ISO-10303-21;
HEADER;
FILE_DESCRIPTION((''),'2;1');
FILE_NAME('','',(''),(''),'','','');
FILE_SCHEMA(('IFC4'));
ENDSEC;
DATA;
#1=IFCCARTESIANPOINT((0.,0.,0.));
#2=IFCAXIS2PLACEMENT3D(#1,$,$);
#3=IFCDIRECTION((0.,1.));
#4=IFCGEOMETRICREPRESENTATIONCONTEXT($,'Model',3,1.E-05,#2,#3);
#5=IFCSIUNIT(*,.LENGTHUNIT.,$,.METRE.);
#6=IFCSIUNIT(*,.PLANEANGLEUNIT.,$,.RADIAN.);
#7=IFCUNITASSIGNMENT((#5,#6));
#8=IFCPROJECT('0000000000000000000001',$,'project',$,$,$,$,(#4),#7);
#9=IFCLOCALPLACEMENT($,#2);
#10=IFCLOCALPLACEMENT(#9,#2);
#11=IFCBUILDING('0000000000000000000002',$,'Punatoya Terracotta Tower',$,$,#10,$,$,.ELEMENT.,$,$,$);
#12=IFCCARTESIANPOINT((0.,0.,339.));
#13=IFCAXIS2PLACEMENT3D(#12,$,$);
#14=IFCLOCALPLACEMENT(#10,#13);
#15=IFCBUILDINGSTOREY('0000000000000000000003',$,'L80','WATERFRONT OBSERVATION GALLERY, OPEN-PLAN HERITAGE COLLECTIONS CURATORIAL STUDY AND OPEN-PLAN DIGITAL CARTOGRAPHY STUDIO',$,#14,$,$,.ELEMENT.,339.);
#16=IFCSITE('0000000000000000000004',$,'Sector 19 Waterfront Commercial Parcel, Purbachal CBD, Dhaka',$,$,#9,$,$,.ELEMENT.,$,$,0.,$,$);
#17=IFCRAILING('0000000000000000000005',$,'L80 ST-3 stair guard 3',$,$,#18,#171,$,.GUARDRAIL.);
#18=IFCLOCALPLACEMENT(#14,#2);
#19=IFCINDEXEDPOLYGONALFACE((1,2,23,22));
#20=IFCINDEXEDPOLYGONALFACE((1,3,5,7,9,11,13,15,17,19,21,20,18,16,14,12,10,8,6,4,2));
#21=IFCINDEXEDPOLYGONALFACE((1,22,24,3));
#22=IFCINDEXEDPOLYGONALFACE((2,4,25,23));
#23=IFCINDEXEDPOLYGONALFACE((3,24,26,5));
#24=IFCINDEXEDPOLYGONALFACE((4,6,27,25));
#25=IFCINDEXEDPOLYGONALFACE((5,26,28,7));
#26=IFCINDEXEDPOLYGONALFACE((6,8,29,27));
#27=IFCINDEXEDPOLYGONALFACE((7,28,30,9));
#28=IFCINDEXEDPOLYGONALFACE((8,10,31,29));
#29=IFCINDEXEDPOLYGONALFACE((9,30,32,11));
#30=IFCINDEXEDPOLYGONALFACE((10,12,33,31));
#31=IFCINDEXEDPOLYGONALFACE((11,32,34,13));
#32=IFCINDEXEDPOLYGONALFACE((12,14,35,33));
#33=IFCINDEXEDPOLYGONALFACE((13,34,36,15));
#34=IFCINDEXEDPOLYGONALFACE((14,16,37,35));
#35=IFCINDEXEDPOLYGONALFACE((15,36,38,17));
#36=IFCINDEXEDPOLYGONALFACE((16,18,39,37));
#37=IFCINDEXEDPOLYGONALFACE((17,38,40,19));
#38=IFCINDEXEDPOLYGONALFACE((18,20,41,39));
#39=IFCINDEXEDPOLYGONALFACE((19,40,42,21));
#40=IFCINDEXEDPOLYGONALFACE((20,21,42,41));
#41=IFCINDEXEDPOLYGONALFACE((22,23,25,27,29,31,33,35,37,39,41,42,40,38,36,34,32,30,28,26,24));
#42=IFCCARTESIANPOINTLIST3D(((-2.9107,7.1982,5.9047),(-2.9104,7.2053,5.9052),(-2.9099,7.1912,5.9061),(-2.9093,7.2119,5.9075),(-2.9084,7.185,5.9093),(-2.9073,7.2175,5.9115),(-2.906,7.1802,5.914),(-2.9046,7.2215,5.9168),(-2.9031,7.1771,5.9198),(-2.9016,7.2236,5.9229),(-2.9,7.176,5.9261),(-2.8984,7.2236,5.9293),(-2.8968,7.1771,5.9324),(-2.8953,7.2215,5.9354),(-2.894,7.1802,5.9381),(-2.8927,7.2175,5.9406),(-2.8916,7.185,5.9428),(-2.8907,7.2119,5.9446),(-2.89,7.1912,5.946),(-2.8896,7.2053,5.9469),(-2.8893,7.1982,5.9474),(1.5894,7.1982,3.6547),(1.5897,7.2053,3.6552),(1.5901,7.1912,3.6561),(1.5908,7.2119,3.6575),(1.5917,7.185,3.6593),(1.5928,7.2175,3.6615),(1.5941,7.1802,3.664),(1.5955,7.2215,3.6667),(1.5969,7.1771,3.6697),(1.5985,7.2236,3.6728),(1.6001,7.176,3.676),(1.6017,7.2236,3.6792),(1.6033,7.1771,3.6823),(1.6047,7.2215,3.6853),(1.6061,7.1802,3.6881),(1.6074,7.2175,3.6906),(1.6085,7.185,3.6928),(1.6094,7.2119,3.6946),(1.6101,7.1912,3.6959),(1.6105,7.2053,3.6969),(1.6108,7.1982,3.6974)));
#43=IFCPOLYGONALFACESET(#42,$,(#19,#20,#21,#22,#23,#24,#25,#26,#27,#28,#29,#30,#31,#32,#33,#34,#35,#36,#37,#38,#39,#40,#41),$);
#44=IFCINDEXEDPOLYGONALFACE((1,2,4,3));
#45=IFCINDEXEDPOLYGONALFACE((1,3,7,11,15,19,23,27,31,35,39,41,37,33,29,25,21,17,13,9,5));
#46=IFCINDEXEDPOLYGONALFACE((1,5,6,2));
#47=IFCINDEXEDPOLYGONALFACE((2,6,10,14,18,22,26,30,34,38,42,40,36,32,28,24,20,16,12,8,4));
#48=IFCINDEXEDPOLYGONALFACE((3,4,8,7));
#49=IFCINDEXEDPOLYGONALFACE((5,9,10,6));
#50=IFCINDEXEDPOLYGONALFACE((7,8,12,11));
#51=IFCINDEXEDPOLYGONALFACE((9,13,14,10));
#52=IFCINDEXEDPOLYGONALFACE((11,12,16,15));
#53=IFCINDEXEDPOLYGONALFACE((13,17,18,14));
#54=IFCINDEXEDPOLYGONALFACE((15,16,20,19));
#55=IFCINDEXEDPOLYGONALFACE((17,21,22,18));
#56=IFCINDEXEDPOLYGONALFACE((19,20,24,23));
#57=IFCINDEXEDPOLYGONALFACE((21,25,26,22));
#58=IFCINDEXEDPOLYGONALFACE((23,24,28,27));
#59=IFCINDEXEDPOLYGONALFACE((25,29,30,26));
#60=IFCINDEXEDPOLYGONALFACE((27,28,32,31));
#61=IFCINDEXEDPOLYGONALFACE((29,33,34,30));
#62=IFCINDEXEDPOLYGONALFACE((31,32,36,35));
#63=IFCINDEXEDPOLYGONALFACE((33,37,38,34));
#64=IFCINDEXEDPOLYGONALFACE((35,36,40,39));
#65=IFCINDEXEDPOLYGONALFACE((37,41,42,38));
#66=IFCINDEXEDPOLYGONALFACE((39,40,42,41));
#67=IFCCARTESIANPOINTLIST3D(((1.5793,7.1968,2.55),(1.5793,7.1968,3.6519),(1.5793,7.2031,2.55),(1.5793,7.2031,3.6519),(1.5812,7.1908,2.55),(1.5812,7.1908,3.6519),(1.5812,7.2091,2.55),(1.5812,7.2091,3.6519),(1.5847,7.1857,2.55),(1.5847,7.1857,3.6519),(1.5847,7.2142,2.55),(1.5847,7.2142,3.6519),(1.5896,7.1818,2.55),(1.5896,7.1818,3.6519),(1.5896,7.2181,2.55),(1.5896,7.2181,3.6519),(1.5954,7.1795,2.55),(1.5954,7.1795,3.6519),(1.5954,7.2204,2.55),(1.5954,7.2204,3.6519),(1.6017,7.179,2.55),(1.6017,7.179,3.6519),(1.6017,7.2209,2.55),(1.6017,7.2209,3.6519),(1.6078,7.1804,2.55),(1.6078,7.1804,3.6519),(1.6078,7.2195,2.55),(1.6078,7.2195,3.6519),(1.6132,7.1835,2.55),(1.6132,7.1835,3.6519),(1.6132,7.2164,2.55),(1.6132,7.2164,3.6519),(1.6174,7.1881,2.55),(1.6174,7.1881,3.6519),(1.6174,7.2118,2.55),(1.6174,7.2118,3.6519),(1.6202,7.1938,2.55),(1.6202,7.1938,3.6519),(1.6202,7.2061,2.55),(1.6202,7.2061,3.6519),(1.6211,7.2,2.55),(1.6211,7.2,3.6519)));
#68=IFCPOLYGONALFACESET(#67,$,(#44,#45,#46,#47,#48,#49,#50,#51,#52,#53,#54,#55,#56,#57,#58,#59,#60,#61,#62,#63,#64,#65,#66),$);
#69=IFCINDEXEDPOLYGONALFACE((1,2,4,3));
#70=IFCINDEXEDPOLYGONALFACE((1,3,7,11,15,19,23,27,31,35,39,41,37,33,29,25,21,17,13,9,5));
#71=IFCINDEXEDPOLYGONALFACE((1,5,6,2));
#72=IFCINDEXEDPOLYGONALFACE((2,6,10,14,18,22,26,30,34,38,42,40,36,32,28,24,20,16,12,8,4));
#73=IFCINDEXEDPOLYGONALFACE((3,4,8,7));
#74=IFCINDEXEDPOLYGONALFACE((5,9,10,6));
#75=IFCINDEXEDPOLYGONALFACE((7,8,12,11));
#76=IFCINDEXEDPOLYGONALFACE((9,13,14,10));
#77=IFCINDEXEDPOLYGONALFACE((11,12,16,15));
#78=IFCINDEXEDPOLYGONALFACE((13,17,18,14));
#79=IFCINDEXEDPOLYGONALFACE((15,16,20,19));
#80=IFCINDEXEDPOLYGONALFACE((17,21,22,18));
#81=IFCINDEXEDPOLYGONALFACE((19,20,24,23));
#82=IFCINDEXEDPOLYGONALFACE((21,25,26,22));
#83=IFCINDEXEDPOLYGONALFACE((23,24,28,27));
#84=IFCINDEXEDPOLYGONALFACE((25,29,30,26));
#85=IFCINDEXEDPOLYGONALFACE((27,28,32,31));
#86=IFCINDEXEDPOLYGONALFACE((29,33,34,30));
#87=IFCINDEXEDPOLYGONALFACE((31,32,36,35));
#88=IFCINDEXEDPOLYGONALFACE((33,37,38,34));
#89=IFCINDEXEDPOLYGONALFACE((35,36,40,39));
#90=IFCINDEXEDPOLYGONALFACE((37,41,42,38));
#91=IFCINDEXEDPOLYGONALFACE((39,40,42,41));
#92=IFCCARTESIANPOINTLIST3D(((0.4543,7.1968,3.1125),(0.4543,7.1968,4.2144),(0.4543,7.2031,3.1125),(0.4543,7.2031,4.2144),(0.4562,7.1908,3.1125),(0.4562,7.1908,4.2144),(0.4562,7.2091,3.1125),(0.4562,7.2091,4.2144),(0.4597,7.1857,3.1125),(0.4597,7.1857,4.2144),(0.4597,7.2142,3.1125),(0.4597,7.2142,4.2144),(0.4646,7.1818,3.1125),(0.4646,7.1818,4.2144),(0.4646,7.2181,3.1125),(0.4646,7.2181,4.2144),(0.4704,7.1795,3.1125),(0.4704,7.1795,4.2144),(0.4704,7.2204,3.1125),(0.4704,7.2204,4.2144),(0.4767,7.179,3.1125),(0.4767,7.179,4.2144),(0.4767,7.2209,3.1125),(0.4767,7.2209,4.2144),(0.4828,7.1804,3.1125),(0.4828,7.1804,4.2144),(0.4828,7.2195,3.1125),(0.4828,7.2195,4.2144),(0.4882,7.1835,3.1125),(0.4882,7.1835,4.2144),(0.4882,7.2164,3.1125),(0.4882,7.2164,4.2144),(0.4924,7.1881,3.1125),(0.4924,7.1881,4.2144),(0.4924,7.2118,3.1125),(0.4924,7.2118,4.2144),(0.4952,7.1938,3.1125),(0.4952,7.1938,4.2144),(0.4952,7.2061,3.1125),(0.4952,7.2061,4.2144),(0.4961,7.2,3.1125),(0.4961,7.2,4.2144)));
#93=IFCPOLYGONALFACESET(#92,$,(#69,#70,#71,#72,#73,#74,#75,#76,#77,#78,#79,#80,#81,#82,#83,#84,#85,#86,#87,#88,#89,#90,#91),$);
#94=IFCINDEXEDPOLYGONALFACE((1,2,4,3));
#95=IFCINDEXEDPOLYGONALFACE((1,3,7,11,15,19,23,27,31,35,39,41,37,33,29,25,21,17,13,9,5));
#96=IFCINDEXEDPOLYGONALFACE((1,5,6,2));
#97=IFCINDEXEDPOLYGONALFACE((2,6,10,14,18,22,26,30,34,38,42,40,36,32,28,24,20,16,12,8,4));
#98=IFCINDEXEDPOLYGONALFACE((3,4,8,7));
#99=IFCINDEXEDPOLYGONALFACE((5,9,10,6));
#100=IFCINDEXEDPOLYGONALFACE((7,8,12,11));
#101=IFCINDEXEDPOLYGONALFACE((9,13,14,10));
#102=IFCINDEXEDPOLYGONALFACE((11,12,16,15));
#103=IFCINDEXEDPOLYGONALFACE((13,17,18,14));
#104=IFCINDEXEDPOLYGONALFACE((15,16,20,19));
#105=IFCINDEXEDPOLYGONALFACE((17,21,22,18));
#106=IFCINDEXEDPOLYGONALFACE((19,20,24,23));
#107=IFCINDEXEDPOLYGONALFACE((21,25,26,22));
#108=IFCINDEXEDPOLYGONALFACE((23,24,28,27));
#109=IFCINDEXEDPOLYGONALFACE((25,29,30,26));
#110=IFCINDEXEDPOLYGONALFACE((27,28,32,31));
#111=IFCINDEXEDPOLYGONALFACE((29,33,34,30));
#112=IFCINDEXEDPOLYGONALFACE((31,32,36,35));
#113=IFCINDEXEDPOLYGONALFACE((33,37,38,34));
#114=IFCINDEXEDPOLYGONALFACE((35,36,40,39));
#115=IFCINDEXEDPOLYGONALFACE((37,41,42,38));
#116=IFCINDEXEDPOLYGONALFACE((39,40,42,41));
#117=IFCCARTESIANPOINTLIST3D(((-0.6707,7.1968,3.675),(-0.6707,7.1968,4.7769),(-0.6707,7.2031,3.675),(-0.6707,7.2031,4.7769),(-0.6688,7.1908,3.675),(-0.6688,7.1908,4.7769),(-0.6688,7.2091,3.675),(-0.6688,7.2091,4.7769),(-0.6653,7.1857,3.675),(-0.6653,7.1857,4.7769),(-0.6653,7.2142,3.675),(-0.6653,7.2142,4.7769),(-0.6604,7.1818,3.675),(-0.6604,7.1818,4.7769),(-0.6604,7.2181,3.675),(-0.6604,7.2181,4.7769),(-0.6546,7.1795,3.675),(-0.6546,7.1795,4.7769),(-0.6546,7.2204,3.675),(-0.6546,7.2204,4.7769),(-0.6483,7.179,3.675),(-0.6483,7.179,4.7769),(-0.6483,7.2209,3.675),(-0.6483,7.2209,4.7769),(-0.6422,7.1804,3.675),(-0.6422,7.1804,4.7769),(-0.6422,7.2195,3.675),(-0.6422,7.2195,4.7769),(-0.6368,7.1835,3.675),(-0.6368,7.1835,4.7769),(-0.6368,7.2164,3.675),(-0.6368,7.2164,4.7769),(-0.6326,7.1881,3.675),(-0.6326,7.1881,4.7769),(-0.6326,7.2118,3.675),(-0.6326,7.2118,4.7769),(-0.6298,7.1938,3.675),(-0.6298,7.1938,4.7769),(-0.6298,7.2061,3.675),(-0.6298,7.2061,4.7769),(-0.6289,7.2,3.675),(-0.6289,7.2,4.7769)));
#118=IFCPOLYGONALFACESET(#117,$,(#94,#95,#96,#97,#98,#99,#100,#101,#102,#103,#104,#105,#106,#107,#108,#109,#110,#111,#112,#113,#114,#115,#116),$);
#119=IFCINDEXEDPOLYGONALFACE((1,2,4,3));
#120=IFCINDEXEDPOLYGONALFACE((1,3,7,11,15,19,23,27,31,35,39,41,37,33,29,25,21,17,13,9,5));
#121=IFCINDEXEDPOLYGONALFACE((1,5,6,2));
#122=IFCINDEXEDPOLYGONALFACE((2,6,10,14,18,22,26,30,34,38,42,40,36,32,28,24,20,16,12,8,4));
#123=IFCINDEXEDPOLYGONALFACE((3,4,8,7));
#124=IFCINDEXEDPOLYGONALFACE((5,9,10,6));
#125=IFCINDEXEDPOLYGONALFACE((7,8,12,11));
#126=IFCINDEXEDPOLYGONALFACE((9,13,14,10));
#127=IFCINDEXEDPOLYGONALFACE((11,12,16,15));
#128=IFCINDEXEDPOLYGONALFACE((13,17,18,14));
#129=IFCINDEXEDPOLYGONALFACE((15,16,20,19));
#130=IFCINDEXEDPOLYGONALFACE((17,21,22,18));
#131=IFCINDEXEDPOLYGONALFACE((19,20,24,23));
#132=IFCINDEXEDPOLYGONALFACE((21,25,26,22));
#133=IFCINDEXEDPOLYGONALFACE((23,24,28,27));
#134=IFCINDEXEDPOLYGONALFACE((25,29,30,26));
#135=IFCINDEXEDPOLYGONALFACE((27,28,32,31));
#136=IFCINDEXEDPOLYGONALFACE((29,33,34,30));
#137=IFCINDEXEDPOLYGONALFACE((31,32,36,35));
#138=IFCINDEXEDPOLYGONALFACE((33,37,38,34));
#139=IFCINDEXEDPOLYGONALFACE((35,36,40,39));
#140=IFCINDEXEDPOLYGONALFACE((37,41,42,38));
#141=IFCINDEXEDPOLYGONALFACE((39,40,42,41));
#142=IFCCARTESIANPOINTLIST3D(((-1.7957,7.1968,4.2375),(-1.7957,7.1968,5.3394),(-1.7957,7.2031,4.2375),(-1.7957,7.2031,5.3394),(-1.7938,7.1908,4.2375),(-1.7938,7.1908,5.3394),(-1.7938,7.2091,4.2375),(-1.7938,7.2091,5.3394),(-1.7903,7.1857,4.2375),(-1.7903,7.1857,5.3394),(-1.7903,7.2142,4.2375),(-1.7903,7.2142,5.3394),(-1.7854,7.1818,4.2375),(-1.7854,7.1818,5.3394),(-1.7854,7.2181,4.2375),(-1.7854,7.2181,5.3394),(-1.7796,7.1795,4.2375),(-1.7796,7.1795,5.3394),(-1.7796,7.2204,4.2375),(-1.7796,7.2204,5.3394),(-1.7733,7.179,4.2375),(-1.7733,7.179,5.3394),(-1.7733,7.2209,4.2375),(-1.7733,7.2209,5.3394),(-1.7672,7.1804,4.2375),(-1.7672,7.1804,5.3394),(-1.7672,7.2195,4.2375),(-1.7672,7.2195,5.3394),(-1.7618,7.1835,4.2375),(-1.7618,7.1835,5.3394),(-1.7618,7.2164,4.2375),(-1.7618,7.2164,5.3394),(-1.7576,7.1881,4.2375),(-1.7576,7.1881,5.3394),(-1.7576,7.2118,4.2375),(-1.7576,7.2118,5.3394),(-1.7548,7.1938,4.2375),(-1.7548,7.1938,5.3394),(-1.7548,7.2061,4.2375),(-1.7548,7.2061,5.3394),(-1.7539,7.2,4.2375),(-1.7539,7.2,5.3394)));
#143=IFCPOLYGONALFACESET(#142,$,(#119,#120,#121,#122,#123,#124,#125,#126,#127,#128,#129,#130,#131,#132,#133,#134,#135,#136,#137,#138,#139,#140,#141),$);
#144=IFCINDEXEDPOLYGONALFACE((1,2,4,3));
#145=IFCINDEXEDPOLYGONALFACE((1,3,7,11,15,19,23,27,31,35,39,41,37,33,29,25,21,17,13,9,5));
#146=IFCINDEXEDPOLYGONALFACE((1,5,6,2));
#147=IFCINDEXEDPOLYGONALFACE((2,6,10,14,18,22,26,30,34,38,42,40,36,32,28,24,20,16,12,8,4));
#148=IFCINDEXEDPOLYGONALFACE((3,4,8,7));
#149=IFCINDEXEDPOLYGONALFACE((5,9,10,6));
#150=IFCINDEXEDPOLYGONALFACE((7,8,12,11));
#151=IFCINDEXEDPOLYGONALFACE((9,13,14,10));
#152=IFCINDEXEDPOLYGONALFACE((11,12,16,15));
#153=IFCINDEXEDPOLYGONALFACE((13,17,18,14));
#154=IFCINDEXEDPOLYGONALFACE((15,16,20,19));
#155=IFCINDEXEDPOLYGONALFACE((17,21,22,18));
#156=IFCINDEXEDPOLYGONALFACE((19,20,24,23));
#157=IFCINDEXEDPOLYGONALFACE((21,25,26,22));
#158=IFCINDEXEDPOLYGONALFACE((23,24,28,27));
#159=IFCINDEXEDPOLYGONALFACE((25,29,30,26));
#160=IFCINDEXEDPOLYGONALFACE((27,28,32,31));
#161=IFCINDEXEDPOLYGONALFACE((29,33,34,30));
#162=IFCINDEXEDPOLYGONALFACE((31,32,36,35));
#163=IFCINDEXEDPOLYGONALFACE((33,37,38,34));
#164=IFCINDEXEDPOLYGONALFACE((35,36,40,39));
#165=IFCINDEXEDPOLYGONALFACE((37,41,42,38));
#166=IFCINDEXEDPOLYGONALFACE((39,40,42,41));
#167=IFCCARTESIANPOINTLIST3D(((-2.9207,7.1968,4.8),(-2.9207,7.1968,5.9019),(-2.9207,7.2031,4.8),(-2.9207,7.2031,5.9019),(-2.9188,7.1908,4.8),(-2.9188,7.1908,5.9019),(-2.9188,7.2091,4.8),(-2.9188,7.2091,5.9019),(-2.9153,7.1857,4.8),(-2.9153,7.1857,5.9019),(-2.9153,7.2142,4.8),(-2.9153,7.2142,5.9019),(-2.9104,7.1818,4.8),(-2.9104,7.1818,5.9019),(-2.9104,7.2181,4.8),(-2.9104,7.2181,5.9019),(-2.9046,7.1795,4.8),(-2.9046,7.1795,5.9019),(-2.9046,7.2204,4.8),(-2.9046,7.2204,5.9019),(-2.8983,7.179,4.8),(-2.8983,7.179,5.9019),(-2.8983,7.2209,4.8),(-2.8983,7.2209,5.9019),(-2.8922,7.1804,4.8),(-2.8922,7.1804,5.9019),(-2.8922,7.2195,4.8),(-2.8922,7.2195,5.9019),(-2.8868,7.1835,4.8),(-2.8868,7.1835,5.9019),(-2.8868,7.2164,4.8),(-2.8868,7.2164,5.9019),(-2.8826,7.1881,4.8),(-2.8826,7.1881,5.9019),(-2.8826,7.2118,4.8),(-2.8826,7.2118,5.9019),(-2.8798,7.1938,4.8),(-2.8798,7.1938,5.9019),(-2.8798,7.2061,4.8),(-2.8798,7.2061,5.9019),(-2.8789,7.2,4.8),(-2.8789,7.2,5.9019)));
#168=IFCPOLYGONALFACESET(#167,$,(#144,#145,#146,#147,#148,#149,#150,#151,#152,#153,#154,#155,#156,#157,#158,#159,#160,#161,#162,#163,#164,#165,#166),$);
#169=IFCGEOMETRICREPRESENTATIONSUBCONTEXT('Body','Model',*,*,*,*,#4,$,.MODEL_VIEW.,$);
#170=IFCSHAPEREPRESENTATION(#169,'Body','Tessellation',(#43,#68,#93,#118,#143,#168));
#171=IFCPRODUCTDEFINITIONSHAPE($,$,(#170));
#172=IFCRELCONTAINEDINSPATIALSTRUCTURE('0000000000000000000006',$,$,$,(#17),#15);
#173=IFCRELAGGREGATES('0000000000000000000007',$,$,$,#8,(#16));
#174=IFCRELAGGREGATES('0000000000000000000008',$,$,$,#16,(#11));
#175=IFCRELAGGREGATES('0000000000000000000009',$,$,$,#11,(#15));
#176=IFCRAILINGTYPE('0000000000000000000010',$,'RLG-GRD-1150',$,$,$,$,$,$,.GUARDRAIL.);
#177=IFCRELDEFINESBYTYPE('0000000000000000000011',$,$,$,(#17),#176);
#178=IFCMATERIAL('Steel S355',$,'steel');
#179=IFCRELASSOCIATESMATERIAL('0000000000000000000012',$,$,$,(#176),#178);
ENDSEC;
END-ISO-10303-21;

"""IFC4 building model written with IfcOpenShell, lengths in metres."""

from ifc_helpers import new_model, si_unit, direction, frame, origin, origin_2d, place, context, subcontext, project, spatial, circle, extrude, material, type_object, element, save


model = new_model("IFC4")

# Units and contexts
model_context = context("Model", 3, precision=1e-05, world=origin(), true_north=direction((0.0, 1.0)))
body_context = subcontext(model_context, "Body", "Model", "MODEL_VIEW")
ifc_project = project(units=[si_unit("LENGTHUNIT", "METRE"), si_unit("PLANEANGLEUNIT", "RADIAN")], contexts=[model_context])

# Site, building, storey
site_placement = place(None, origin())
site = spatial("IfcSite", under=ifc_project, at=site_placement, Name="Sector 19 Waterfront Commercial Parcel, Purbachal CBD, Dhaka", CompositionType="ELEMENT", RefElevation=0.0)
building_placement = place(site_placement, origin())
building = spatial("IfcBuilding", under=site, at=building_placement, Name="Punatoya Terracotta Tower", CompositionType="ELEMENT")
storey_placement = place(building_placement, frame((0.0, 0.0, 339.0)))
storey = spatial("IfcBuildingStorey", under=building, at=storey_placement, Name="L80", Description="WATERFRONT OBSERVATION GALLERY, OPEN-PLAN HERITAGE COLLECTIONS CURATORIAL STUDY AND OPEN-PLAN DIGITAL CARTOGRAPHY STUDIO", CompositionType="ELEMENT", Elevation=339.0)

# Shared definitions
ifc_material_1 = material(Name="Steel S355", Category="steel")

# Railing
railing_type_1 = type_object("IfcRailingType", Name="RLG-GRD-1150", PredefinedType="GUARDRAIL", material=ifc_material_1)
railing_1_placement = place(storey_placement, frame((1.6001, 7.2, 2.55)))
element("IfcRailing", 1, at=railing_1_placement, inside=storey, type_object=railing_type_1, Name="L80 ST-3 stair guard 3", PredefinedType="GUARDRAIL", context=body_context, shape_type="SweptSolid", body=[
    extrude(circle(Radius=0.0239, at=origin_2d()), frame((0.0, 0.0, 1.126), z_axis=(-0.894427, 0.0, 0.447214), x_axis=(0.0, -1.0, 0.0)), (0.0, 0.0, 1.0), 5.0312),
    extrude(circle(Radius=0.021, at=origin_2d()), origin(), (0.0, 0.0, 1.0), 1.1018),
    extrude(circle(Radius=0.021, at=origin_2d()), frame((-1.125, 0.0, 0.5625)), (0.0, 0.0, 1.0), 1.1018),
    extrude(circle(Radius=0.021, at=origin_2d()), frame((-2.25, 0.0, 1.125)), (0.0, 0.0, 1.0), 1.1018),
    extrude(circle(Radius=0.021, at=origin_2d()), frame((-3.375, 0.0, 1.6875)), (0.0, 0.0, 1.0), 1.1018),
    extrude(circle(Radius=0.021, at=origin_2d()), frame((-4.5, 0.0, 2.25)), (0.0, 0.0, 1.0), 1.1018),
])

save(model, "model.ifc")
